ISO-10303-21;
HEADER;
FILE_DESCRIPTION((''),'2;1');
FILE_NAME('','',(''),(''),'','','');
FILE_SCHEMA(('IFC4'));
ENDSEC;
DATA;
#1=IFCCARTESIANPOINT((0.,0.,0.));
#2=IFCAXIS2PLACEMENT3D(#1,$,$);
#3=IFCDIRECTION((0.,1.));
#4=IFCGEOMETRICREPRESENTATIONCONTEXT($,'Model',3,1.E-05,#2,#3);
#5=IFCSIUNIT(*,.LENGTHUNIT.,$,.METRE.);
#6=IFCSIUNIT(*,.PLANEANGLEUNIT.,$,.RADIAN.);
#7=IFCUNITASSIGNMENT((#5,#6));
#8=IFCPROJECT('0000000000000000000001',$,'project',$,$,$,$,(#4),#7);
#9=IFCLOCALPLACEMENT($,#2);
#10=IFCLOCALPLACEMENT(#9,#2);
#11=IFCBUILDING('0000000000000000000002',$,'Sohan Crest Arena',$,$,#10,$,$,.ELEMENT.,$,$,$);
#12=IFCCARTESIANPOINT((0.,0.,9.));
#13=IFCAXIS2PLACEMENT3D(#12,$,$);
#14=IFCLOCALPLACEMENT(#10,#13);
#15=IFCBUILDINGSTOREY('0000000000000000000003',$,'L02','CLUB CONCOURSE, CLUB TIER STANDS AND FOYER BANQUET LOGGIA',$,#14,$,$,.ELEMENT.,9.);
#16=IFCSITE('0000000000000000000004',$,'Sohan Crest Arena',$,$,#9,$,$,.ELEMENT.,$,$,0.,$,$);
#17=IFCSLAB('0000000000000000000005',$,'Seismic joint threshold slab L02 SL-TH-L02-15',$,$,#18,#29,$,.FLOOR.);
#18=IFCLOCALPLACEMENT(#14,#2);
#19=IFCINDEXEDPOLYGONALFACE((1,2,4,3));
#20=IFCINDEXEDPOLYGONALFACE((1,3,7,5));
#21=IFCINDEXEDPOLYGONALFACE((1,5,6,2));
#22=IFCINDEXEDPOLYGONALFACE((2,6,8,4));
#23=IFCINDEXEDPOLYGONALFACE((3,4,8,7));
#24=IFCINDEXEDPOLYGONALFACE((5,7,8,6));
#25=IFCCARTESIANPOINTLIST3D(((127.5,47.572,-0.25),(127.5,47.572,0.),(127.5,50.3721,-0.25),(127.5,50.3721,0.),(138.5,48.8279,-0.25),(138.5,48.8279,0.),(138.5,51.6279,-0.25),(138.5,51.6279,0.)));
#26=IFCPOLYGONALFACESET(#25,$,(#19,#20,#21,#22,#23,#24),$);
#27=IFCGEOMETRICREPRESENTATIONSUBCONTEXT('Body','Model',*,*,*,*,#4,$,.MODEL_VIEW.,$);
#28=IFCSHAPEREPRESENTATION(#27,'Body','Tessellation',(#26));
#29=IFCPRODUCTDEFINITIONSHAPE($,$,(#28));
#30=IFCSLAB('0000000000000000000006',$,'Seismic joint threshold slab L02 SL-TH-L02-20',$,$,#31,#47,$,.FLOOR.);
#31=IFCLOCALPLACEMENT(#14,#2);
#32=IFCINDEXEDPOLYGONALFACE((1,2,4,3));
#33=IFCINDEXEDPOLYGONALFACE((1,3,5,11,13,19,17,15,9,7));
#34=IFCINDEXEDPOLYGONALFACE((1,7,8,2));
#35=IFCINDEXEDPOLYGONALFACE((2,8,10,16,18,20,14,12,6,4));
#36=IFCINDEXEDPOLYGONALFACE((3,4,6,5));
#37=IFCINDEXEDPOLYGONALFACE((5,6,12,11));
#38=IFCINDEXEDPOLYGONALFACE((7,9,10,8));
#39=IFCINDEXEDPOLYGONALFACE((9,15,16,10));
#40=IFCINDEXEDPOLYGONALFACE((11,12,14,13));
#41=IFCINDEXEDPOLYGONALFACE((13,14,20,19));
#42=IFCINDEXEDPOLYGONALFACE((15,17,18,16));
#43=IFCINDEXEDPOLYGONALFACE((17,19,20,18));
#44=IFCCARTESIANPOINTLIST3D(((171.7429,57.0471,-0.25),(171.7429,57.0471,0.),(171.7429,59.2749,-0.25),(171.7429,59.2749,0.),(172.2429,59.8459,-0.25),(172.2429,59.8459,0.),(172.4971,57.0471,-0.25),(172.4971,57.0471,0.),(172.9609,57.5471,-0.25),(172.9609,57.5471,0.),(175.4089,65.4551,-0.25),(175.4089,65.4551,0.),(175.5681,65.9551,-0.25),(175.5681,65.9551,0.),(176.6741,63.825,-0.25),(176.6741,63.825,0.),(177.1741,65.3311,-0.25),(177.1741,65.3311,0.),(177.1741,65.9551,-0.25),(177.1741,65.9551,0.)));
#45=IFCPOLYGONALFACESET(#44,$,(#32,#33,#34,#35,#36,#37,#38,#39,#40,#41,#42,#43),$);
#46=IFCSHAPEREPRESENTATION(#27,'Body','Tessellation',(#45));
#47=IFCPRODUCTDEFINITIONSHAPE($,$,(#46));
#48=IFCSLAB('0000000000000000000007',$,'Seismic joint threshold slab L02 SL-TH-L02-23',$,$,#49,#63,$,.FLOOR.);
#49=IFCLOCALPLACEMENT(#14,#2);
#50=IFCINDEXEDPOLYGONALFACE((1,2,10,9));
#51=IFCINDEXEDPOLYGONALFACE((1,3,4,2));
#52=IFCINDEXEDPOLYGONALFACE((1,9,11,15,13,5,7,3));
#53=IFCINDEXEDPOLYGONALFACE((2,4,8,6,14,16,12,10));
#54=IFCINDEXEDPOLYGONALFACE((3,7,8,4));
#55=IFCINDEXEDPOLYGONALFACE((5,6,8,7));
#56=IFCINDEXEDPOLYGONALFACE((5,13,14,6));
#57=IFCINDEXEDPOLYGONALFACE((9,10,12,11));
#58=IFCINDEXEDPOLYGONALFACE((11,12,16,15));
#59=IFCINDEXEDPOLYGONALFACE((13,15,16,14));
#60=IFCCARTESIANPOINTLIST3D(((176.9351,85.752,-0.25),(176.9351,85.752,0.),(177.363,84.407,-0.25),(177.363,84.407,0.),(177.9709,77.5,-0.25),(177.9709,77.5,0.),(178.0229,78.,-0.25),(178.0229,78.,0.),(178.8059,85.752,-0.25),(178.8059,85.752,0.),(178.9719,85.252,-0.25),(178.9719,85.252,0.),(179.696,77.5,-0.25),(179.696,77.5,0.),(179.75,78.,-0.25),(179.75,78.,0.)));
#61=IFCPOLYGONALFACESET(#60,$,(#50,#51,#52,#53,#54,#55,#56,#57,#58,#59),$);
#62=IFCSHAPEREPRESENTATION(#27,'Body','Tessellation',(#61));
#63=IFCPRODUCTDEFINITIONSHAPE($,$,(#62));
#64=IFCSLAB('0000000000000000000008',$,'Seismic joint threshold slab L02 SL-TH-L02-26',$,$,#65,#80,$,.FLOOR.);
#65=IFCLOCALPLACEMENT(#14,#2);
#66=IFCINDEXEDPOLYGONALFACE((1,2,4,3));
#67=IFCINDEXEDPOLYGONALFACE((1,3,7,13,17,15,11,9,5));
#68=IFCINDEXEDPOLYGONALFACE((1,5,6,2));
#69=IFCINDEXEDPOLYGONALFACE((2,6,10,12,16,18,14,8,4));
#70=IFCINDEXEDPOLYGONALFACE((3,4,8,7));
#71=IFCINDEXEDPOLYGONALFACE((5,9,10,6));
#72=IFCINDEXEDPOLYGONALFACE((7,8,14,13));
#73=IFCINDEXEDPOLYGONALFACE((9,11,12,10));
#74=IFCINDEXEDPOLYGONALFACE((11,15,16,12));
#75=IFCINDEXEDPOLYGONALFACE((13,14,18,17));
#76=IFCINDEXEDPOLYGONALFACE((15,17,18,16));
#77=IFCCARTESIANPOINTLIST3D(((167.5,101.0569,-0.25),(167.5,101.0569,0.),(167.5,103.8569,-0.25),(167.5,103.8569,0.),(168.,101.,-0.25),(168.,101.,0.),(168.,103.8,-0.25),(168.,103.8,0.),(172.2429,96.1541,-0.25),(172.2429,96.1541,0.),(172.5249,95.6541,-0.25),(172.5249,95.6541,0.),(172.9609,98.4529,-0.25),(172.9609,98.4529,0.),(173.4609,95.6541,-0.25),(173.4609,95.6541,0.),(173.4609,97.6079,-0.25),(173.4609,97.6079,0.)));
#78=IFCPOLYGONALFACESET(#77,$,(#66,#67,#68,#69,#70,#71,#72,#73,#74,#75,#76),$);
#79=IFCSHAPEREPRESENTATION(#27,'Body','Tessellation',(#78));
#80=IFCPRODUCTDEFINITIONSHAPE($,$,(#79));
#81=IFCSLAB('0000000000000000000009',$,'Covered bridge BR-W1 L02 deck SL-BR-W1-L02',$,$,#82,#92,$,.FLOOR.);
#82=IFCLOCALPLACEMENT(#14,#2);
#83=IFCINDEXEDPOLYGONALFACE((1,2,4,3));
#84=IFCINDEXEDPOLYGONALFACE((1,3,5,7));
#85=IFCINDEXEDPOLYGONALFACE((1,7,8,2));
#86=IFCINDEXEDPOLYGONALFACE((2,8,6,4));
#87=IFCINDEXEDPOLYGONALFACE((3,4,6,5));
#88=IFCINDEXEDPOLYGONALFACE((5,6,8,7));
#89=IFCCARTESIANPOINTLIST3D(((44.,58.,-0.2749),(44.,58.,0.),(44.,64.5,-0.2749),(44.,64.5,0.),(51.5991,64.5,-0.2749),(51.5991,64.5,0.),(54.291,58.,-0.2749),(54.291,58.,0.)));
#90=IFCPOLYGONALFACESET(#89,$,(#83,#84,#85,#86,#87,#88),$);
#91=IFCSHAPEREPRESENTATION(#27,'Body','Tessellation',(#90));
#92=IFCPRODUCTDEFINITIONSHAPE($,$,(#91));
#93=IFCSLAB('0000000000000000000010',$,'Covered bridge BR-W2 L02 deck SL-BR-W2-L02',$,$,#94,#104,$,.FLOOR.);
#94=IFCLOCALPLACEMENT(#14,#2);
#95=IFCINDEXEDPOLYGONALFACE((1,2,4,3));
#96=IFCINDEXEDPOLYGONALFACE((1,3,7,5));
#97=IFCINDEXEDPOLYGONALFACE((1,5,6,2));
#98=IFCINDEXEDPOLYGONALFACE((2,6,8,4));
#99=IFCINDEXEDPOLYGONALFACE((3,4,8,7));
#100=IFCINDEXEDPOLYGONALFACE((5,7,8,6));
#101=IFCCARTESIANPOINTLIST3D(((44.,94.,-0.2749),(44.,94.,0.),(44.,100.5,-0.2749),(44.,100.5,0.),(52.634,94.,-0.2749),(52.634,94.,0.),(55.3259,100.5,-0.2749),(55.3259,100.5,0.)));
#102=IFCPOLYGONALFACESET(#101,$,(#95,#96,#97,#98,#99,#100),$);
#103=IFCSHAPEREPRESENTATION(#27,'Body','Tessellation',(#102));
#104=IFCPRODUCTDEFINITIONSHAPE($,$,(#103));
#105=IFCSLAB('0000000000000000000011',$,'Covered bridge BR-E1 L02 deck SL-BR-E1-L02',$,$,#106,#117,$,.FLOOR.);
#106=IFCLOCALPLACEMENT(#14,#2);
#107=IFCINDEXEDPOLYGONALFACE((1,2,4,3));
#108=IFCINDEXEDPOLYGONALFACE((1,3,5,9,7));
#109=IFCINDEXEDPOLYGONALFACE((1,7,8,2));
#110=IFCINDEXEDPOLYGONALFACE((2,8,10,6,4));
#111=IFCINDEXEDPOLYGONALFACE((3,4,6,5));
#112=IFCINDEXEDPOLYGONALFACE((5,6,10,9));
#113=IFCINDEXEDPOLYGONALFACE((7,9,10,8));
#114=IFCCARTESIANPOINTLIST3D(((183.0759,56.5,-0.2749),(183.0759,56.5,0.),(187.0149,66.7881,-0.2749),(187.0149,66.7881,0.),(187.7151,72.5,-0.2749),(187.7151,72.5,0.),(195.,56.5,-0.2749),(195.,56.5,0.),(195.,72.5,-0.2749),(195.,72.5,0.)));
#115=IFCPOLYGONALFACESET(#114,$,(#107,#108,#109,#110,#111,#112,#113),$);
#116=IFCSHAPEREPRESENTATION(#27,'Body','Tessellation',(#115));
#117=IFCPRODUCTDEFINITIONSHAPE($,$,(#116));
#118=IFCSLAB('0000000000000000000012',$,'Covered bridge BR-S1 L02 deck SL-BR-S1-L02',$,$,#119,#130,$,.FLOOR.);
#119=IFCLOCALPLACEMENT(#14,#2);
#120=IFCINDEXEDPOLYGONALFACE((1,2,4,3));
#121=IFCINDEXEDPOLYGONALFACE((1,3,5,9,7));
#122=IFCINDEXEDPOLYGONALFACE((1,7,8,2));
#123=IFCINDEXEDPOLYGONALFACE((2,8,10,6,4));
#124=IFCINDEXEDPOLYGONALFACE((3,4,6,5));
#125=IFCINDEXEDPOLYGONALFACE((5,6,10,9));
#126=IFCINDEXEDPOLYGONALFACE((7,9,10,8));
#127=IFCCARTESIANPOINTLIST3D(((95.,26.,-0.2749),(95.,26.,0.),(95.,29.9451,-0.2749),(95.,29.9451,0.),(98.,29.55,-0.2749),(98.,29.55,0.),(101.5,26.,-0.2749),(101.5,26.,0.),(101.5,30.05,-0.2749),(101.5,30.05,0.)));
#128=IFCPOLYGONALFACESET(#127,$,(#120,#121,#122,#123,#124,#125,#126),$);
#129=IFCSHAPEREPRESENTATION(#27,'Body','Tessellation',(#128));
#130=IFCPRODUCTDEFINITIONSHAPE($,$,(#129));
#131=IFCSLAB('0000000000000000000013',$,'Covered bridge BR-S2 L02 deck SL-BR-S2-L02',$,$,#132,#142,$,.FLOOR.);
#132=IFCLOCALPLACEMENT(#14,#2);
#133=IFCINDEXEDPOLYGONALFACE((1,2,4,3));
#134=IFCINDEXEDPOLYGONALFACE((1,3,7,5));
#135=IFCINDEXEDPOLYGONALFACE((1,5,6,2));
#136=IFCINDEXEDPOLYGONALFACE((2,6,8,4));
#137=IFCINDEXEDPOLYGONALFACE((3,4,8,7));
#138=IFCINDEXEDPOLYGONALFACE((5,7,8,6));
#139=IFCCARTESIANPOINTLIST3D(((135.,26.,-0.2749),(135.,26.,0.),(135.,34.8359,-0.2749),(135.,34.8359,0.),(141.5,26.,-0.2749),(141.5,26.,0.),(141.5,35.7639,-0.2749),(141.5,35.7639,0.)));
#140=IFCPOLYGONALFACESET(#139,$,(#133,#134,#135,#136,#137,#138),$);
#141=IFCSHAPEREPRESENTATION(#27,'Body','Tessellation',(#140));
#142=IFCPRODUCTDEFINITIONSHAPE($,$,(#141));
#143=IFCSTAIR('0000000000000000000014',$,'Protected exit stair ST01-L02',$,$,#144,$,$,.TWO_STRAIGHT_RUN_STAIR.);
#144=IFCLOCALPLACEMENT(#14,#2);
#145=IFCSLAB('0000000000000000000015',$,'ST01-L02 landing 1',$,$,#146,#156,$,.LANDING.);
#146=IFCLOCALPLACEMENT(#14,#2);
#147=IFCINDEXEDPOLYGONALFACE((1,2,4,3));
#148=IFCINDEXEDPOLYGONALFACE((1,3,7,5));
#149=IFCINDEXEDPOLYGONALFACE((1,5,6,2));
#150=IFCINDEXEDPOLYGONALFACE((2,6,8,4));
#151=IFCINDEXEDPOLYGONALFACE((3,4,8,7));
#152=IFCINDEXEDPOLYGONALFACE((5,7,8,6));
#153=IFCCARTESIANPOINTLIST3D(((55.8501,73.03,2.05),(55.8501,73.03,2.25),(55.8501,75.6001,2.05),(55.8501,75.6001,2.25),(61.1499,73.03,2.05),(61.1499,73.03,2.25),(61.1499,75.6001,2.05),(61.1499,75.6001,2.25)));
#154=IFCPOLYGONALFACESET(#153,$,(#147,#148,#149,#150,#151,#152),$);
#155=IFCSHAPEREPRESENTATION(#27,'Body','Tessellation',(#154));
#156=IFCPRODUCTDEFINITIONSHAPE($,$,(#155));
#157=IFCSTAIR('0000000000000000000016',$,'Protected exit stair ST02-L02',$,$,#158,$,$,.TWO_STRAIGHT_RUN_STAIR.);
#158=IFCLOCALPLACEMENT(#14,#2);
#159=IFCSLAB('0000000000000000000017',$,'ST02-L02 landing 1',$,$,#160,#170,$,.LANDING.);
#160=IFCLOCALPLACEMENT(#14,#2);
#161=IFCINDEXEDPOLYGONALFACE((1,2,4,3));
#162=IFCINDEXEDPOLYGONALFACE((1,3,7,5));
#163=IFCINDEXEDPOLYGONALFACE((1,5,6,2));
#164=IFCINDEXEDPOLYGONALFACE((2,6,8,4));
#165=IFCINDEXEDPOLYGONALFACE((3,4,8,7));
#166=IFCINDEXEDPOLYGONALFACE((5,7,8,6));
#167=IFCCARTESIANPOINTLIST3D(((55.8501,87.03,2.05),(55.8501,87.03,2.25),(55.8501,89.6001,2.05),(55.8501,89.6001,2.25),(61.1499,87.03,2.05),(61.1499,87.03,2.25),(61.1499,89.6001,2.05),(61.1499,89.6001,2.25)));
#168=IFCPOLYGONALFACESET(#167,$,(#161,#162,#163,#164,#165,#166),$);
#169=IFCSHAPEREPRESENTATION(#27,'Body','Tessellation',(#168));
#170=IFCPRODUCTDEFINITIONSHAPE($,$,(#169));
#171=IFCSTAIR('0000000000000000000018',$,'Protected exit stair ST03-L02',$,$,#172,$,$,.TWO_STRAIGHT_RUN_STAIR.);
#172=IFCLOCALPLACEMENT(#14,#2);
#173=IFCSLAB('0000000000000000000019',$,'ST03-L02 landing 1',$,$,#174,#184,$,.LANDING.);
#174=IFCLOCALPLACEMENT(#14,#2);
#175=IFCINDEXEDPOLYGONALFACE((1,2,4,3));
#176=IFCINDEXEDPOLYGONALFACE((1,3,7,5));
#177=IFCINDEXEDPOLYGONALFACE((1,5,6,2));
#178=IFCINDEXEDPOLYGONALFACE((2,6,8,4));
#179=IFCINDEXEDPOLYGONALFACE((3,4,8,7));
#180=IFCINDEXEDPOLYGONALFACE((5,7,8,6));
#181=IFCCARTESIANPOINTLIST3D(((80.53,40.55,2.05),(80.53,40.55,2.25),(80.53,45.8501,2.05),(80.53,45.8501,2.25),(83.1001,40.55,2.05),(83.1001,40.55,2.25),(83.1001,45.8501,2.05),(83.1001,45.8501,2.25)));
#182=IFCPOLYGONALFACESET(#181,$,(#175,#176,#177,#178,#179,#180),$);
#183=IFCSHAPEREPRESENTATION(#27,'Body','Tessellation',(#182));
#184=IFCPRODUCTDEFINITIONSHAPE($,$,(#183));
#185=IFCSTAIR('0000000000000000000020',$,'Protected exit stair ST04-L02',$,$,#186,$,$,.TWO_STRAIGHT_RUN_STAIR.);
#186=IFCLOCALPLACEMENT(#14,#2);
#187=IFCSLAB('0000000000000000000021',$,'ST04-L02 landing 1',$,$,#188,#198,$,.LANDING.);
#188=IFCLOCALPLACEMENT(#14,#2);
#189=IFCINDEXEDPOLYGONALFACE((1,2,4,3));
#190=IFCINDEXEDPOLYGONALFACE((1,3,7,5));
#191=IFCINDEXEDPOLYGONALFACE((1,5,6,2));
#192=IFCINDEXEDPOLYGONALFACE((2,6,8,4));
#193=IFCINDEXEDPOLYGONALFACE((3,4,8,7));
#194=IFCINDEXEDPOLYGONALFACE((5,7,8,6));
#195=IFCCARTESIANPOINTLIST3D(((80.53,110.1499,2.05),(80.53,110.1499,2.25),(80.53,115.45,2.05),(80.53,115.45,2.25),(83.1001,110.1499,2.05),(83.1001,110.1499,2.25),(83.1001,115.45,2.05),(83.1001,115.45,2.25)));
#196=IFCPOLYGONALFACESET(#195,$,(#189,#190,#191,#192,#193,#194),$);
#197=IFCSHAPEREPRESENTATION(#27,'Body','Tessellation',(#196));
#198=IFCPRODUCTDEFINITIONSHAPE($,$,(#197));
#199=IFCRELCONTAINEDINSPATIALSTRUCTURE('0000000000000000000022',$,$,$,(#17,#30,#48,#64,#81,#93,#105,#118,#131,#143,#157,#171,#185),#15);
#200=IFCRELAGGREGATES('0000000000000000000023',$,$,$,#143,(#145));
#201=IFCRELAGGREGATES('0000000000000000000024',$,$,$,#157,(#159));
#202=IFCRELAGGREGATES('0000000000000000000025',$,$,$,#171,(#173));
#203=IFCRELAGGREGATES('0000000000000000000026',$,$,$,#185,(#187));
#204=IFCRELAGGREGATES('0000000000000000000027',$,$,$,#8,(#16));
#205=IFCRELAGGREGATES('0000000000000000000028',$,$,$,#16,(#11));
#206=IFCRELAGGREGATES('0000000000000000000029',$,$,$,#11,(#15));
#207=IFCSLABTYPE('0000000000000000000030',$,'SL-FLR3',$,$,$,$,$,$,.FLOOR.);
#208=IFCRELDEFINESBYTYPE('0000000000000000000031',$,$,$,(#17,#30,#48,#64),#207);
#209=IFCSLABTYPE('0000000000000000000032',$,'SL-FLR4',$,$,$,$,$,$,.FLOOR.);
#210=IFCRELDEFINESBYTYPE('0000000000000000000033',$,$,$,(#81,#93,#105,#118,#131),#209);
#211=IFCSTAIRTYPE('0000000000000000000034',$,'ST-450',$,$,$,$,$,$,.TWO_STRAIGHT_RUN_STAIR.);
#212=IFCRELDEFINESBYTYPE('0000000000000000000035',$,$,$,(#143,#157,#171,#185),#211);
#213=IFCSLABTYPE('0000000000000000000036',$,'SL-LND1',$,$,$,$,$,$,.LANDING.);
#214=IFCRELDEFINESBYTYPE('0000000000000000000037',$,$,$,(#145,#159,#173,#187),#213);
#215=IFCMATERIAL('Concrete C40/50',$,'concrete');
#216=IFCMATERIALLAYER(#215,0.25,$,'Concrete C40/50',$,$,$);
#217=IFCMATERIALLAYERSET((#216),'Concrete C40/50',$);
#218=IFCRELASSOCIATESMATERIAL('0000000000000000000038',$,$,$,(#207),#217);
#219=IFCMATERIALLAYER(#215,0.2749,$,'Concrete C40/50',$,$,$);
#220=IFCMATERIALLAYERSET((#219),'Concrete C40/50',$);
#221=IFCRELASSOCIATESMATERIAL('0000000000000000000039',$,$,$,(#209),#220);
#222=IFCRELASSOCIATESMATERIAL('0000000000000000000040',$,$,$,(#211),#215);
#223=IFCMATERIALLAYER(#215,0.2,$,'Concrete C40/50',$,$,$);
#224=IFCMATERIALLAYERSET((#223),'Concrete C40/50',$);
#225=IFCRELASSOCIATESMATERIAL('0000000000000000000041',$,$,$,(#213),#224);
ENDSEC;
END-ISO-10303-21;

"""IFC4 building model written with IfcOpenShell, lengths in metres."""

from ifc_helpers import new_model, si_unit, direction, frame, origin, place, context, subcontext, project, spatial, polyline, outline, extrude, material, layer, layer_set, type_object, element, aggregate, save


model = new_model("IFC4")

# Units and contexts
model_context = context("Model", 3, precision=1e-05, world=origin(), true_north=direction((0.0, 1.0)))
body_context = subcontext(model_context, "Body", "Model", "MODEL_VIEW")
ifc_project = project(units=[si_unit("LENGTHUNIT", "METRE"), si_unit("PLANEANGLEUNIT", "RADIAN")], contexts=[model_context])

# Site, building, storey
site_placement = place(None, origin())
site = spatial("IfcSite", under=ifc_project, at=site_placement, Name="Sohan Crest Arena", CompositionType="ELEMENT", RefElevation=0.0)
building_placement = place(site_placement, origin())
building = spatial("IfcBuilding", under=site, at=building_placement, Name="Sohan Crest Arena", CompositionType="ELEMENT")
storey_placement = place(building_placement, frame((0.0, 0.0, 9.0)))
storey = spatial("IfcBuildingStorey", under=building, at=storey_placement, Name="L02", Description="CLUB CONCOURSE, CLUB TIER STANDS AND FOYER BANQUET LOGGIA", CompositionType="ELEMENT", Elevation=9.0)

# Slabs
ifc_material = material(Name="Concrete C40/50", Category="concrete")
ifc_layer_1 = layer(ifc_material, 0.25, Name="Concrete C40/50")
ifc_layer_set_1 = layer_set([ifc_layer_1], Name="Concrete C40/50")
slab_type_1 = type_object("IfcSlabType", Name="SL-FLR3", PredefinedType="FLOOR", material=ifc_layer_set_1)
slab_1_placement = place(storey_placement, frame((0.0, 0.0, -0.25)))
element("IfcSlab", 1, at=slab_1_placement, inside=storey, type_object=slab_type_1, Name="Seismic joint threshold slab L02 SL-TH-L02-15", PredefinedType="FLOOR", context=body_context, shape_type="SweptSolid", body=[
    extrude(outline(polyline([(138.5, 48.8279), (127.5, 47.572), (127.5, 50.3721), (138.5, 51.6279), (138.5, 48.8279)])), origin(), (0.0, 0.0, 1.0), 0.25),
])
slab_2_placement = place(storey_placement, frame((0.0, 0.0, -0.25)))
element("IfcSlab", 2, at=slab_2_placement, inside=storey, type_object=slab_type_1, Name="Seismic joint threshold slab L02 SL-TH-L02-20", PredefinedType="FLOOR", context=body_context, shape_type="SweptSolid", body=[
    extrude(outline(polyline([(176.6741, 63.825), (172.9609, 57.5471), (172.4971, 57.0471), (171.7429, 57.0471), (171.7429, 59.2749), (172.2429, 59.8459), (175.4089, 65.4551), (175.5681, 65.9551), (177.1741, 65.9551), (177.1741, 65.3311), (176.6741, 63.825)])), origin(), (0.0, 0.0, 1.0), 0.25),
])
slab_3_placement = place(storey_placement, frame((0.0, 0.0, -0.25)))
element("IfcSlab", 3, at=slab_3_placement, inside=storey, type_object=slab_type_1, Name="Seismic joint threshold slab L02 SL-TH-L02-23", PredefinedType="FLOOR", context=body_context, shape_type="SweptSolid", body=[
    extrude(outline(polyline([(178.9719, 85.252), (179.75, 78.0), (179.696, 77.5), (177.9709, 77.5), (178.0229, 78.0), (177.363, 84.407), (176.9351, 85.752), (178.8059, 85.752), (178.9719, 85.252)])), origin(), (0.0, 0.0, 1.0), 0.25),
])
slab_4_placement = place(storey_placement, frame((0.0, 0.0, -0.25)))
element("IfcSlab", 4, at=slab_4_placement, inside=storey, type_object=slab_type_1, Name="Seismic joint threshold slab L02 SL-TH-L02-26", PredefinedType="FLOOR", context=body_context, shape_type="SweptSolid", body=[
    extrude(outline(polyline([(168.0, 103.8), (172.9609, 98.4529), (173.4609, 97.6079), (173.4609, 95.6541), (172.5249, 95.6541), (172.2429, 96.1541), (168.0, 101.0), (167.5, 101.0569), (167.5, 103.8569), (168.0, 103.8)])), origin(), (0.0, 0.0, 1.0), 0.25),
])
ifc_layer_2 = layer(ifc_material, 0.2749, Name="Concrete C40/50")
ifc_layer_set_2 = layer_set([ifc_layer_2], Name="Concrete C40/50")
slab_type_2 = type_object("IfcSlabType", Name="SL-FLR4", PredefinedType="FLOOR", material=ifc_layer_set_2)
slab_5_placement = place(storey_placement, frame((0.0, 0.0, -0.2749)))
element("IfcSlab", 5, at=slab_5_placement, inside=storey, type_object=slab_type_2, Name="Covered bridge BR-W1 L02 deck SL-BR-W1-L02", PredefinedType="FLOOR", context=body_context, shape_type="SweptSolid", body=[
    extrude(outline(polyline([(51.5991, 64.5), (54.291, 58.0), (44.0, 58.0), (44.0, 64.5), (51.5991, 64.5)])), origin(), (0.0, 0.0, 1.0), 0.2749),
])
slab_6_placement = place(storey_placement, frame((0.0, 0.0, -0.2749)))
element("IfcSlab", 6, at=slab_6_placement, inside=storey, type_object=slab_type_2, Name="Covered bridge BR-W2 L02 deck SL-BR-W2-L02", PredefinedType="FLOOR", context=body_context, shape_type="SweptSolid", body=[
    extrude(outline(polyline([(55.3259, 100.5), (52.634, 94.0), (44.0, 94.0), (44.0, 100.5), (55.3259, 100.5)])), origin(), (0.0, 0.0, 1.0), 0.2749),
])
slab_7_placement = place(storey_placement, frame((0.0, 0.0, -0.2749)))
element("IfcSlab", 7, at=slab_7_placement, inside=storey, type_object=slab_type_2, Name="Covered bridge BR-E1 L02 deck SL-BR-E1-L02", PredefinedType="FLOOR", context=body_context, shape_type="SweptSolid", body=[
    extrude(outline(polyline([(195.0, 56.5), (183.0759, 56.5), (187.0149, 66.7881), (187.7151, 72.5), (195.0, 72.5), (195.0, 56.5)])), origin(), (0.0, 0.0, 1.0), 0.2749),
])
slab_8_placement = place(storey_placement, frame((0.0, 0.0, -0.2749)))
element("IfcSlab", 8, at=slab_8_placement, inside=storey, type_object=slab_type_2, Name="Covered bridge BR-S1 L02 deck SL-BR-S1-L02", PredefinedType="FLOOR", context=body_context, shape_type="SweptSolid", body=[
    extrude(outline(polyline([(101.5, 26.0), (95.0, 26.0), (95.0, 29.9451), (98.0, 29.55), (101.5, 30.05), (101.5, 26.0)])), origin(), (0.0, 0.0, 1.0), 0.2749),
])
slab_9_placement = place(storey_placement, frame((0.0, 0.0, -0.2749)))
element("IfcSlab", 9, at=slab_9_placement, inside=storey, type_object=slab_type_2, Name="Covered bridge BR-S2 L02 deck SL-BR-S2-L02", PredefinedType="FLOOR", context=body_context, shape_type="SweptSolid", body=[
    extrude(outline(polyline([(141.5, 26.0), (135.0, 26.0), (135.0, 34.8359), (141.5, 35.7639), (141.5, 26.0)])), origin(), (0.0, 0.0, 1.0), 0.2749),
])

# Stairs, slabs
stair_type = type_object("IfcStairType", Name="ST-450", PredefinedType="TWO_STRAIGHT_RUN_STAIR", material=ifc_material)
stair_1_placement = place(storey_placement, origin())
stair_1 = element("IfcStair", 10, at=stair_1_placement, inside=storey, type_object=stair_type, Name="Protected exit stair ST01-L02", PredefinedType="TWO_STRAIGHT_RUN_STAIR")
ifc_layer_3 = layer(ifc_material, 0.2, Name="Concrete C40/50")
ifc_layer_set_3 = layer_set([ifc_layer_3], Name="Concrete C40/50")
slab_type_3 = type_object("IfcSlabType", Name="SL-LND1", PredefinedType="LANDING", material=ifc_layer_set_3)
slab_10_placement = place(storey_placement, frame((0.0, 0.0, 2.05)))
slab_10 = element("IfcSlab", 11, at=slab_10_placement, type_object=slab_type_3, Name="ST01-L02 landing 1", PredefinedType="LANDING", context=body_context, shape_type="SweptSolid", body=[
    extrude(outline(polyline([(55.8501, 73.03), (61.1499, 73.03), (61.1499, 75.6001), (55.8501, 75.6001), (55.8501, 73.03)])), origin(), (0.0, 0.0, 1.0), 0.2),
])
aggregate(stair_1, [slab_10])
stair_2_placement = place(storey_placement, origin())
stair_2 = element("IfcStair", 12, at=stair_2_placement, inside=storey, type_object=stair_type, Name="Protected exit stair ST02-L02", PredefinedType="TWO_STRAIGHT_RUN_STAIR")
slab_11_placement = place(storey_placement, frame((0.0, 0.0, 2.05)))
slab_11 = element("IfcSlab", 13, at=slab_11_placement, type_object=slab_type_3, Name="ST02-L02 landing 1", PredefinedType="LANDING", context=body_context, shape_type="SweptSolid", body=[
    extrude(outline(polyline([(55.8501, 87.03), (61.1499, 87.03), (61.1499, 89.6001), (55.8501, 89.6001), (55.8501, 87.03)])), origin(), (0.0, 0.0, 1.0), 0.2),
])
aggregate(stair_2, [slab_11])
stair_3_placement = place(storey_placement, origin())
stair_3 = element("IfcStair", 14, at=stair_3_placement, inside=storey, type_object=stair_type, Name="Protected exit stair ST03-L02", PredefinedType="TWO_STRAIGHT_RUN_STAIR")
slab_12_placement = place(storey_placement, frame((0.0, 0.0, 2.05)))
slab_12 = element("IfcSlab", 15, at=slab_12_placement, type_object=slab_type_3, Name="ST03-L02 landing 1", PredefinedType="LANDING", context=body_context, shape_type="SweptSolid", body=[
    extrude(outline(polyline([(80.53, 40.55), (83.1001, 40.55), (83.1001, 45.8501), (80.53, 45.8501), (80.53, 40.55)])), origin(), (0.0, 0.0, 1.0), 0.2),
])
aggregate(stair_3, [slab_12])
stair_4_placement = place(storey_placement, origin())
stair_4 = element("IfcStair", 16, at=stair_4_placement, inside=storey, type_object=stair_type, Name="Protected exit stair ST04-L02", PredefinedType="TWO_STRAIGHT_RUN_STAIR")
slab_13_placement = place(storey_placement, frame((0.0, 0.0, 2.05)))
slab_13 = element("IfcSlab", 17, at=slab_13_placement, type_object=slab_type_3, Name="ST04-L02 landing 1", PredefinedType="LANDING", context=body_context, shape_type="SweptSolid", body=[
    extrude(outline(polyline([(80.53, 110.1499), (83.1001, 110.1499), (83.1001, 115.45), (80.53, 115.45), (80.53, 110.1499)])), origin(), (0.0, 0.0, 1.0), 0.2),
])
aggregate(stair_4, [slab_13])

save(model, "model.ifc")
